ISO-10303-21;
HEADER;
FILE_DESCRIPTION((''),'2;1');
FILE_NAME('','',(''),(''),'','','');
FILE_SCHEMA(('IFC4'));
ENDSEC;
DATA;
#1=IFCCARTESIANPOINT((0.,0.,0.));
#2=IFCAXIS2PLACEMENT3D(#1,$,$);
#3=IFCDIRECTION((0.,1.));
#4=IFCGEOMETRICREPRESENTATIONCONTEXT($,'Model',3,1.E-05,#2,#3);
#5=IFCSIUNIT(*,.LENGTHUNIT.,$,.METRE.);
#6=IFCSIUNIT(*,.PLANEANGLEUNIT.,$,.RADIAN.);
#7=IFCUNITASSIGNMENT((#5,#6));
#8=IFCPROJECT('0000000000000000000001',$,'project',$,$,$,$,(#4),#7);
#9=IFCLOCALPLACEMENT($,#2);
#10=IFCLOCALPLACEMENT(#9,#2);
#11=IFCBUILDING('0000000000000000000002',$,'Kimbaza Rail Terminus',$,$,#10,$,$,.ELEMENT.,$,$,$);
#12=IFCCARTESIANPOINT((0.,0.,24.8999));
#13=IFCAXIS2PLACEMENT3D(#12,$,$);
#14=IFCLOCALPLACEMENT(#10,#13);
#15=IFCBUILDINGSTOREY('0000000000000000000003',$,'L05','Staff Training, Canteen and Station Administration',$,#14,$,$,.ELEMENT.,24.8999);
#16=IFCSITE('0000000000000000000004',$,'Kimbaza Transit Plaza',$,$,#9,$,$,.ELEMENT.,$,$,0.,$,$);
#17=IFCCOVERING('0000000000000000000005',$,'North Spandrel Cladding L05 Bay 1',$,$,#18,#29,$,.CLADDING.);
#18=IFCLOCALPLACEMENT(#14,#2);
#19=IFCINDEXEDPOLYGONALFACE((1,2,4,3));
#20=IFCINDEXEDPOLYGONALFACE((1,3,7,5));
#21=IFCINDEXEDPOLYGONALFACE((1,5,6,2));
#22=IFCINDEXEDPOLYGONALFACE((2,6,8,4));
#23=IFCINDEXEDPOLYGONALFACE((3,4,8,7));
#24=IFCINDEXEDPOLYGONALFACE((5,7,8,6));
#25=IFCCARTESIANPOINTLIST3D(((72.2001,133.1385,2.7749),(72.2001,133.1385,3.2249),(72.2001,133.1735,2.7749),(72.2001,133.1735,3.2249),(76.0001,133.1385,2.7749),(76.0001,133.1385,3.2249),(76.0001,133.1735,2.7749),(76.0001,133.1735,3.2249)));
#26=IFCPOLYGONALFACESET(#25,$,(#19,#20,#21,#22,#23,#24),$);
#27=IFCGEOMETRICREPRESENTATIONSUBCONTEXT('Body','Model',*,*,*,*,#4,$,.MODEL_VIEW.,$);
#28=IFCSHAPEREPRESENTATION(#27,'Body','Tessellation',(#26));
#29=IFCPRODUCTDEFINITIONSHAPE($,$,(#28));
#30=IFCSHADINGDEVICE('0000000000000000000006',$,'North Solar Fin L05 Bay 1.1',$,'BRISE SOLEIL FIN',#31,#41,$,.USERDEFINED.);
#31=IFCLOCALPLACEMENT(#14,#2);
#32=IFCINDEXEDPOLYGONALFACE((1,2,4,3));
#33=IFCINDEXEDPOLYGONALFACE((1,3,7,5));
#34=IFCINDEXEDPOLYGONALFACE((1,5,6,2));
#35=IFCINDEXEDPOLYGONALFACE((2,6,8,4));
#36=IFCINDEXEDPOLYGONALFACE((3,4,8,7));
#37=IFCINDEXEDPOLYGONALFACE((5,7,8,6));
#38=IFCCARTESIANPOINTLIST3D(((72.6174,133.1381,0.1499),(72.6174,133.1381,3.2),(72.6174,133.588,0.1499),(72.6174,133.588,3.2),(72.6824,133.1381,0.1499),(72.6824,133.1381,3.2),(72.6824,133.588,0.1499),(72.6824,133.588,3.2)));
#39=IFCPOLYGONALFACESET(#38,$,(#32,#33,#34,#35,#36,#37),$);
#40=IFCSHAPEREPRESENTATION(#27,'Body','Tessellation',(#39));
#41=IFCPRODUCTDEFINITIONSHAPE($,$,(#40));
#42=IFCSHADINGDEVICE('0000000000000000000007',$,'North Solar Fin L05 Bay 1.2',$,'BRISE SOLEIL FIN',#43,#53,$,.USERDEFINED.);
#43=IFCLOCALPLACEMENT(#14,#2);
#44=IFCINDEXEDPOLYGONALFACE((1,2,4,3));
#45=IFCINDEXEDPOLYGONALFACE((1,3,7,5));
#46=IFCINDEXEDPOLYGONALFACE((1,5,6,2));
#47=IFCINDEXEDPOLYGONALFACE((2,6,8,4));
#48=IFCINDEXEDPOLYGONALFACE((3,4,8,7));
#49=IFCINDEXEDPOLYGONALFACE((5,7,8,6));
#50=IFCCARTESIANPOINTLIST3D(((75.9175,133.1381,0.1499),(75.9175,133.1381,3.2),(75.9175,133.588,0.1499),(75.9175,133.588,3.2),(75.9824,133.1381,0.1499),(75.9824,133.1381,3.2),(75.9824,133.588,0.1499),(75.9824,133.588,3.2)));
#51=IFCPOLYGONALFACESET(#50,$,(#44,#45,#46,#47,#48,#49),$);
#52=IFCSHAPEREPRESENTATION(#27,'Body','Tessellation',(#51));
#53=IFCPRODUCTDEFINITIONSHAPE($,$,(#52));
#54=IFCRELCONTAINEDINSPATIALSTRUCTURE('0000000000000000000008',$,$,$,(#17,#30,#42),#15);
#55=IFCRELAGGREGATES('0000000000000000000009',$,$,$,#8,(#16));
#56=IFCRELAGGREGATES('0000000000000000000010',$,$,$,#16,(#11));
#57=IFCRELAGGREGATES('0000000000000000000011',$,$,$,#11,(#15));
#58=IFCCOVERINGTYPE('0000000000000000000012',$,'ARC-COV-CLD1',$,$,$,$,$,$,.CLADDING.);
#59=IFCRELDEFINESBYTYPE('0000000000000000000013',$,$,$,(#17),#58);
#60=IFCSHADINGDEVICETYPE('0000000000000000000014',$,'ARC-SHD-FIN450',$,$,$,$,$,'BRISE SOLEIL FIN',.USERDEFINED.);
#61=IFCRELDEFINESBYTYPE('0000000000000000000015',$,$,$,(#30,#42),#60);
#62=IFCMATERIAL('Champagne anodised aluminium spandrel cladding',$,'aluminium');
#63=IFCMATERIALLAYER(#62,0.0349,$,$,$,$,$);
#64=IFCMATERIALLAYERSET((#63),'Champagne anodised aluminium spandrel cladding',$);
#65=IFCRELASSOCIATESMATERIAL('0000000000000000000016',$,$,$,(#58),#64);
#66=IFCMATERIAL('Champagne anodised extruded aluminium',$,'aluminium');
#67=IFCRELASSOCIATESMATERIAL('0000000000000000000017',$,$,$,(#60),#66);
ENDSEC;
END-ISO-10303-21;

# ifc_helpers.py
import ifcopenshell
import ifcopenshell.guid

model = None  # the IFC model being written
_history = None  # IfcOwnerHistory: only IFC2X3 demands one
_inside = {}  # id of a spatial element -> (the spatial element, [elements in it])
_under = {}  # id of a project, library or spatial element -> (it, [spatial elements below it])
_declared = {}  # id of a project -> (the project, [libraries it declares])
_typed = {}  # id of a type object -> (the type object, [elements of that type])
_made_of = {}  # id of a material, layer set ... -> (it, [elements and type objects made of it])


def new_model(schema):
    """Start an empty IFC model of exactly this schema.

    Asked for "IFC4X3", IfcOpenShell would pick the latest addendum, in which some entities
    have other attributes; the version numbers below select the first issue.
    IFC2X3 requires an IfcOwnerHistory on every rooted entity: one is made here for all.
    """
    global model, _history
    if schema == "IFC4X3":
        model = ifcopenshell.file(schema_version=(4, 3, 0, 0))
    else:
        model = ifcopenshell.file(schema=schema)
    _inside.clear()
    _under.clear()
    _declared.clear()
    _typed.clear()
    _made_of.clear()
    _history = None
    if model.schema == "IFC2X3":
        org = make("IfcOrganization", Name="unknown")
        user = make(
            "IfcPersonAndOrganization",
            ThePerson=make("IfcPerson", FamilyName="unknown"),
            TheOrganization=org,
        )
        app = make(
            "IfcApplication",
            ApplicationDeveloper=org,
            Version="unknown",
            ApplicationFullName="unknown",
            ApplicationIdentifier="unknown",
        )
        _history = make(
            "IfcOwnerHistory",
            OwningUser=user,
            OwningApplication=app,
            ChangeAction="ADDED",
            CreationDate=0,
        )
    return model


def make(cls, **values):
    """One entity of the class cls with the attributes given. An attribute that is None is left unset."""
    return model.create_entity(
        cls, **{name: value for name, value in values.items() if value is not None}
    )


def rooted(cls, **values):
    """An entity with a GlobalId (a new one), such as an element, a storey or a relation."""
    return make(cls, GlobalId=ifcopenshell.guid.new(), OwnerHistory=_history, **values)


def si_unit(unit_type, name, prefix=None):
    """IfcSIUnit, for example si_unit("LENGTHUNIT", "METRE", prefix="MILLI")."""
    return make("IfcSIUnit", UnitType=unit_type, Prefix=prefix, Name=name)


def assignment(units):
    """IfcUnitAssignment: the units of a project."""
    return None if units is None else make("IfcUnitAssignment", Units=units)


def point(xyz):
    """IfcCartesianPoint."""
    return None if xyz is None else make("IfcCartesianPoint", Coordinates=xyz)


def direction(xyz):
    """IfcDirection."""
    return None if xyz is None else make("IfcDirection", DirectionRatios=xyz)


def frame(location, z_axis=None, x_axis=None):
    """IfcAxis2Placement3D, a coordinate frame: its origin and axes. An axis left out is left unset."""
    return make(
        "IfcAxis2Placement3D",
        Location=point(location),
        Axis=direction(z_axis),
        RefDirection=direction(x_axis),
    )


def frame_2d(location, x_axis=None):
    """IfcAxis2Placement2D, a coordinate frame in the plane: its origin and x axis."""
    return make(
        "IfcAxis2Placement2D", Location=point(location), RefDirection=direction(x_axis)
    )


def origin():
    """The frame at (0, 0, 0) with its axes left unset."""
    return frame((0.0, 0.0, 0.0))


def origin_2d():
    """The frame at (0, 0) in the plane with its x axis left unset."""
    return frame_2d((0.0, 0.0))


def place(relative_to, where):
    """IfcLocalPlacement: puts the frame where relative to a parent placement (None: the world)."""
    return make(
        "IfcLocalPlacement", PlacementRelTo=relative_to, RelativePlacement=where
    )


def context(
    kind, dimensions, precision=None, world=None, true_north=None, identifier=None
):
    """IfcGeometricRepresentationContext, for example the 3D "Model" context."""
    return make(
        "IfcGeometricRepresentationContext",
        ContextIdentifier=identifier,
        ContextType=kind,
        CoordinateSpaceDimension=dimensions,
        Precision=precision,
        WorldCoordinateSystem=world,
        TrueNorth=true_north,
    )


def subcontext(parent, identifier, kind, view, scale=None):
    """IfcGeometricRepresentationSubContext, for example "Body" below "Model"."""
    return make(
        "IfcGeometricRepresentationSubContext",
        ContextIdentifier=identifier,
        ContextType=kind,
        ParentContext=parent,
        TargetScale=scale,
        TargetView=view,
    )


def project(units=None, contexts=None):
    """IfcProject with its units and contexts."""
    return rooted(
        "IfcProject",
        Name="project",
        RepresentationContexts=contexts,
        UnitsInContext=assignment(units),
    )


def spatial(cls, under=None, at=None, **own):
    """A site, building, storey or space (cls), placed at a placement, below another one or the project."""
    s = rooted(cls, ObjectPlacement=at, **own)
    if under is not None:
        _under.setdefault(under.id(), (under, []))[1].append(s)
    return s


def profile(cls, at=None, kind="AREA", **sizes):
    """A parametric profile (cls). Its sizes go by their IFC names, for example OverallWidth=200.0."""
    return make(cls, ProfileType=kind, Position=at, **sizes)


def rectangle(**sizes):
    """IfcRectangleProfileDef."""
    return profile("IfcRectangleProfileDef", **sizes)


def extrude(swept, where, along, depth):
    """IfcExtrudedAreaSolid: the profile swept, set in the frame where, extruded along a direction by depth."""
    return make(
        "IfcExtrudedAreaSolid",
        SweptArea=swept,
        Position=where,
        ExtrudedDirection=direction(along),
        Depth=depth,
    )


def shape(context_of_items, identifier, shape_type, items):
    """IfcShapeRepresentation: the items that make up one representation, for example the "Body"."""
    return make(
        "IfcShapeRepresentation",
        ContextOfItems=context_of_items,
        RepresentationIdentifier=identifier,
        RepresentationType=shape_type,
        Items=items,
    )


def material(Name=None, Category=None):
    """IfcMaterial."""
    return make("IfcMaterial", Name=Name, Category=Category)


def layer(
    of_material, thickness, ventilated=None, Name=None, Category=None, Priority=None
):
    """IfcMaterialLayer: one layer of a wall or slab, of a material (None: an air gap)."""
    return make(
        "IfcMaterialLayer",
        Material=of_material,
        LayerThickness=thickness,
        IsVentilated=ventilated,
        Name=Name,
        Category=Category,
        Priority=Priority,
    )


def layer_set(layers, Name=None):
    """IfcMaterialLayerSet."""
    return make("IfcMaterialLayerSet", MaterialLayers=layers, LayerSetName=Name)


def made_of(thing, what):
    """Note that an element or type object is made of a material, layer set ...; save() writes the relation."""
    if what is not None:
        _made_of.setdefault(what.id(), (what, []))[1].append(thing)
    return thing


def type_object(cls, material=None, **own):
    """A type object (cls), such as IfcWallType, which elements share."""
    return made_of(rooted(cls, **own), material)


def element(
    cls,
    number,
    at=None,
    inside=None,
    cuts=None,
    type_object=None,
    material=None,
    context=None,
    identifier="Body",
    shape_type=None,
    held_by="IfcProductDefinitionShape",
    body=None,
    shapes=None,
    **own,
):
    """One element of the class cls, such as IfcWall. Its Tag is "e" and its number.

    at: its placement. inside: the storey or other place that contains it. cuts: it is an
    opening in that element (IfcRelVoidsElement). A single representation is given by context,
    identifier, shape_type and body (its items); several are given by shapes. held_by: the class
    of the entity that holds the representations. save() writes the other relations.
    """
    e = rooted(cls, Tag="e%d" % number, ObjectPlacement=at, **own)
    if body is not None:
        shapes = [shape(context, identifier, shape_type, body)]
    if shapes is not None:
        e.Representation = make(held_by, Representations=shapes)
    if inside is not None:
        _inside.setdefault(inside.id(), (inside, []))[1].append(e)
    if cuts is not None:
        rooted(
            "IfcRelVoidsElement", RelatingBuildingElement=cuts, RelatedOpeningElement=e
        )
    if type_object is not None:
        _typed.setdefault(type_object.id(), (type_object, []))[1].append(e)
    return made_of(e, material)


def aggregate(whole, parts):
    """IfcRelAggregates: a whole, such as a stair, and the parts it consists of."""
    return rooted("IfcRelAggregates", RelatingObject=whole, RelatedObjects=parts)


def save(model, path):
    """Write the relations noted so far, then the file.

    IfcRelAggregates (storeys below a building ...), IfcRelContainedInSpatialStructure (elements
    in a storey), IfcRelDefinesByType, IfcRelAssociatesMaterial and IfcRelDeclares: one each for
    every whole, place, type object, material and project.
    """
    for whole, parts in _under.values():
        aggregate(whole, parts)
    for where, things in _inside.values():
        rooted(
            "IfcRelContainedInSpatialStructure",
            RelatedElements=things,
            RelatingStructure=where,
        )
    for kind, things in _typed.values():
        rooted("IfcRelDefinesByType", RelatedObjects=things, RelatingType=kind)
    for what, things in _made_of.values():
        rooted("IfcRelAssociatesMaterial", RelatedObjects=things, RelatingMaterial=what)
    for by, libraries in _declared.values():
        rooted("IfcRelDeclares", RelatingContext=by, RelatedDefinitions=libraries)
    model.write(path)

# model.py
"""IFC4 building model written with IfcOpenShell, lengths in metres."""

from ifc_helpers import new_model, si_unit, direction, frame, origin, origin_2d, place, context, subcontext, project, spatial, rectangle, extrude, material, layer, layer_set, type_object, element, save


model = new_model("IFC4")

# Units and contexts
model_context = context("Model", 3, precision=1e-05, world=origin(), true_north=direction((0.0, 1.0)))
body_context = subcontext(model_context, "Body", "Model", "MODEL_VIEW")
ifc_project = project(units=[si_unit("LENGTHUNIT", "METRE"), si_unit("PLANEANGLEUNIT", "RADIAN")], contexts=[model_context])

# Site, building, storey
site_placement = place(None, origin())
site = spatial("IfcSite", under=ifc_project, at=site_placement, Name="Kimbaza Transit Plaza", CompositionType="ELEMENT", RefElevation=0.0)
building_placement = place(site_placement, origin())
building = spatial("IfcBuilding", under=site, at=building_placement, Name="Kimbaza Rail Terminus", CompositionType="ELEMENT")
storey_placement = place(building_placement, frame((0.0, 0.0, 24.8999)))
storey = spatial("IfcBuildingStorey", under=building, at=storey_placement, Name="L05", Description="Staff Training, Canteen and Station Administration", CompositionType="ELEMENT", Elevation=24.8999)

# Covering
ifc_material_1 = material(Name="Champagne anodised aluminium spandrel cladding", Category="aluminium")
ifc_layer_1 = layer(ifc_material_1, 0.0349)
ifc_layer_set_1 = layer_set([ifc_layer_1], Name="Champagne anodised aluminium spandrel cladding")
covering_type = type_object("IfcCoveringType", Name="ARC-COV-CLD1", PredefinedType="CLADDING", material=ifc_layer_set_1)
covering_placement = place(storey_placement, frame((74.1001, 133.156, 2.7749), z_axis=(0.0, 0.0, 1.0), x_axis=(1.0, 0.0, 0.0)))
element("IfcCovering", 1, at=covering_placement, inside=storey, type_object=covering_type, Name="North Spandrel Cladding L05 Bay 1", PredefinedType="CLADDING", context=body_context, shape_type="SweptSolid", body=[
    extrude(rectangle(XDim=3.8, YDim=0.0349, at=origin_2d()), origin(), (0.0, 0.0, 1.0), 0.45),
])

# Shading devices
ifc_material_2 = material(Name="Champagne anodised extruded aluminium", Category="aluminium")
shading_device_type = type_object("IfcShadingDeviceType", Name="ARC-SHD-FIN450", ElementType="BRISE SOLEIL FIN", PredefinedType="USERDEFINED", material=ifc_material_2)
for number, where, z_axis, x_axis, name in (
    (2, (72.6499, 133.363, 0.1499), (0.0, 0.0, 1.0), (1.0, 0.0, 0.0), "North Solar Fin L05 Bay 1.1"),
    (3, (75.95, 133.363, 0.1499), (0.0, 0.0, 1.0), (1.0, 0.0, 0.0), "North Solar Fin L05 Bay 1.2"),
):
    element("IfcShadingDevice", number, at=place(storey_placement, frame(where, z_axis=z_axis, x_axis=x_axis)), inside=storey, type_object=shading_device_type, Name=name, ObjectType="BRISE SOLEIL FIN", PredefinedType="USERDEFINED", context=body_context, shape_type="SweptSolid", body=[
        extrude(rectangle(XDim=0.0649, YDim=0.45, at=origin_2d()), origin(), (0.0, 0.0, 1.0), 3.05),
    ])

save(model, "model.ifc")
